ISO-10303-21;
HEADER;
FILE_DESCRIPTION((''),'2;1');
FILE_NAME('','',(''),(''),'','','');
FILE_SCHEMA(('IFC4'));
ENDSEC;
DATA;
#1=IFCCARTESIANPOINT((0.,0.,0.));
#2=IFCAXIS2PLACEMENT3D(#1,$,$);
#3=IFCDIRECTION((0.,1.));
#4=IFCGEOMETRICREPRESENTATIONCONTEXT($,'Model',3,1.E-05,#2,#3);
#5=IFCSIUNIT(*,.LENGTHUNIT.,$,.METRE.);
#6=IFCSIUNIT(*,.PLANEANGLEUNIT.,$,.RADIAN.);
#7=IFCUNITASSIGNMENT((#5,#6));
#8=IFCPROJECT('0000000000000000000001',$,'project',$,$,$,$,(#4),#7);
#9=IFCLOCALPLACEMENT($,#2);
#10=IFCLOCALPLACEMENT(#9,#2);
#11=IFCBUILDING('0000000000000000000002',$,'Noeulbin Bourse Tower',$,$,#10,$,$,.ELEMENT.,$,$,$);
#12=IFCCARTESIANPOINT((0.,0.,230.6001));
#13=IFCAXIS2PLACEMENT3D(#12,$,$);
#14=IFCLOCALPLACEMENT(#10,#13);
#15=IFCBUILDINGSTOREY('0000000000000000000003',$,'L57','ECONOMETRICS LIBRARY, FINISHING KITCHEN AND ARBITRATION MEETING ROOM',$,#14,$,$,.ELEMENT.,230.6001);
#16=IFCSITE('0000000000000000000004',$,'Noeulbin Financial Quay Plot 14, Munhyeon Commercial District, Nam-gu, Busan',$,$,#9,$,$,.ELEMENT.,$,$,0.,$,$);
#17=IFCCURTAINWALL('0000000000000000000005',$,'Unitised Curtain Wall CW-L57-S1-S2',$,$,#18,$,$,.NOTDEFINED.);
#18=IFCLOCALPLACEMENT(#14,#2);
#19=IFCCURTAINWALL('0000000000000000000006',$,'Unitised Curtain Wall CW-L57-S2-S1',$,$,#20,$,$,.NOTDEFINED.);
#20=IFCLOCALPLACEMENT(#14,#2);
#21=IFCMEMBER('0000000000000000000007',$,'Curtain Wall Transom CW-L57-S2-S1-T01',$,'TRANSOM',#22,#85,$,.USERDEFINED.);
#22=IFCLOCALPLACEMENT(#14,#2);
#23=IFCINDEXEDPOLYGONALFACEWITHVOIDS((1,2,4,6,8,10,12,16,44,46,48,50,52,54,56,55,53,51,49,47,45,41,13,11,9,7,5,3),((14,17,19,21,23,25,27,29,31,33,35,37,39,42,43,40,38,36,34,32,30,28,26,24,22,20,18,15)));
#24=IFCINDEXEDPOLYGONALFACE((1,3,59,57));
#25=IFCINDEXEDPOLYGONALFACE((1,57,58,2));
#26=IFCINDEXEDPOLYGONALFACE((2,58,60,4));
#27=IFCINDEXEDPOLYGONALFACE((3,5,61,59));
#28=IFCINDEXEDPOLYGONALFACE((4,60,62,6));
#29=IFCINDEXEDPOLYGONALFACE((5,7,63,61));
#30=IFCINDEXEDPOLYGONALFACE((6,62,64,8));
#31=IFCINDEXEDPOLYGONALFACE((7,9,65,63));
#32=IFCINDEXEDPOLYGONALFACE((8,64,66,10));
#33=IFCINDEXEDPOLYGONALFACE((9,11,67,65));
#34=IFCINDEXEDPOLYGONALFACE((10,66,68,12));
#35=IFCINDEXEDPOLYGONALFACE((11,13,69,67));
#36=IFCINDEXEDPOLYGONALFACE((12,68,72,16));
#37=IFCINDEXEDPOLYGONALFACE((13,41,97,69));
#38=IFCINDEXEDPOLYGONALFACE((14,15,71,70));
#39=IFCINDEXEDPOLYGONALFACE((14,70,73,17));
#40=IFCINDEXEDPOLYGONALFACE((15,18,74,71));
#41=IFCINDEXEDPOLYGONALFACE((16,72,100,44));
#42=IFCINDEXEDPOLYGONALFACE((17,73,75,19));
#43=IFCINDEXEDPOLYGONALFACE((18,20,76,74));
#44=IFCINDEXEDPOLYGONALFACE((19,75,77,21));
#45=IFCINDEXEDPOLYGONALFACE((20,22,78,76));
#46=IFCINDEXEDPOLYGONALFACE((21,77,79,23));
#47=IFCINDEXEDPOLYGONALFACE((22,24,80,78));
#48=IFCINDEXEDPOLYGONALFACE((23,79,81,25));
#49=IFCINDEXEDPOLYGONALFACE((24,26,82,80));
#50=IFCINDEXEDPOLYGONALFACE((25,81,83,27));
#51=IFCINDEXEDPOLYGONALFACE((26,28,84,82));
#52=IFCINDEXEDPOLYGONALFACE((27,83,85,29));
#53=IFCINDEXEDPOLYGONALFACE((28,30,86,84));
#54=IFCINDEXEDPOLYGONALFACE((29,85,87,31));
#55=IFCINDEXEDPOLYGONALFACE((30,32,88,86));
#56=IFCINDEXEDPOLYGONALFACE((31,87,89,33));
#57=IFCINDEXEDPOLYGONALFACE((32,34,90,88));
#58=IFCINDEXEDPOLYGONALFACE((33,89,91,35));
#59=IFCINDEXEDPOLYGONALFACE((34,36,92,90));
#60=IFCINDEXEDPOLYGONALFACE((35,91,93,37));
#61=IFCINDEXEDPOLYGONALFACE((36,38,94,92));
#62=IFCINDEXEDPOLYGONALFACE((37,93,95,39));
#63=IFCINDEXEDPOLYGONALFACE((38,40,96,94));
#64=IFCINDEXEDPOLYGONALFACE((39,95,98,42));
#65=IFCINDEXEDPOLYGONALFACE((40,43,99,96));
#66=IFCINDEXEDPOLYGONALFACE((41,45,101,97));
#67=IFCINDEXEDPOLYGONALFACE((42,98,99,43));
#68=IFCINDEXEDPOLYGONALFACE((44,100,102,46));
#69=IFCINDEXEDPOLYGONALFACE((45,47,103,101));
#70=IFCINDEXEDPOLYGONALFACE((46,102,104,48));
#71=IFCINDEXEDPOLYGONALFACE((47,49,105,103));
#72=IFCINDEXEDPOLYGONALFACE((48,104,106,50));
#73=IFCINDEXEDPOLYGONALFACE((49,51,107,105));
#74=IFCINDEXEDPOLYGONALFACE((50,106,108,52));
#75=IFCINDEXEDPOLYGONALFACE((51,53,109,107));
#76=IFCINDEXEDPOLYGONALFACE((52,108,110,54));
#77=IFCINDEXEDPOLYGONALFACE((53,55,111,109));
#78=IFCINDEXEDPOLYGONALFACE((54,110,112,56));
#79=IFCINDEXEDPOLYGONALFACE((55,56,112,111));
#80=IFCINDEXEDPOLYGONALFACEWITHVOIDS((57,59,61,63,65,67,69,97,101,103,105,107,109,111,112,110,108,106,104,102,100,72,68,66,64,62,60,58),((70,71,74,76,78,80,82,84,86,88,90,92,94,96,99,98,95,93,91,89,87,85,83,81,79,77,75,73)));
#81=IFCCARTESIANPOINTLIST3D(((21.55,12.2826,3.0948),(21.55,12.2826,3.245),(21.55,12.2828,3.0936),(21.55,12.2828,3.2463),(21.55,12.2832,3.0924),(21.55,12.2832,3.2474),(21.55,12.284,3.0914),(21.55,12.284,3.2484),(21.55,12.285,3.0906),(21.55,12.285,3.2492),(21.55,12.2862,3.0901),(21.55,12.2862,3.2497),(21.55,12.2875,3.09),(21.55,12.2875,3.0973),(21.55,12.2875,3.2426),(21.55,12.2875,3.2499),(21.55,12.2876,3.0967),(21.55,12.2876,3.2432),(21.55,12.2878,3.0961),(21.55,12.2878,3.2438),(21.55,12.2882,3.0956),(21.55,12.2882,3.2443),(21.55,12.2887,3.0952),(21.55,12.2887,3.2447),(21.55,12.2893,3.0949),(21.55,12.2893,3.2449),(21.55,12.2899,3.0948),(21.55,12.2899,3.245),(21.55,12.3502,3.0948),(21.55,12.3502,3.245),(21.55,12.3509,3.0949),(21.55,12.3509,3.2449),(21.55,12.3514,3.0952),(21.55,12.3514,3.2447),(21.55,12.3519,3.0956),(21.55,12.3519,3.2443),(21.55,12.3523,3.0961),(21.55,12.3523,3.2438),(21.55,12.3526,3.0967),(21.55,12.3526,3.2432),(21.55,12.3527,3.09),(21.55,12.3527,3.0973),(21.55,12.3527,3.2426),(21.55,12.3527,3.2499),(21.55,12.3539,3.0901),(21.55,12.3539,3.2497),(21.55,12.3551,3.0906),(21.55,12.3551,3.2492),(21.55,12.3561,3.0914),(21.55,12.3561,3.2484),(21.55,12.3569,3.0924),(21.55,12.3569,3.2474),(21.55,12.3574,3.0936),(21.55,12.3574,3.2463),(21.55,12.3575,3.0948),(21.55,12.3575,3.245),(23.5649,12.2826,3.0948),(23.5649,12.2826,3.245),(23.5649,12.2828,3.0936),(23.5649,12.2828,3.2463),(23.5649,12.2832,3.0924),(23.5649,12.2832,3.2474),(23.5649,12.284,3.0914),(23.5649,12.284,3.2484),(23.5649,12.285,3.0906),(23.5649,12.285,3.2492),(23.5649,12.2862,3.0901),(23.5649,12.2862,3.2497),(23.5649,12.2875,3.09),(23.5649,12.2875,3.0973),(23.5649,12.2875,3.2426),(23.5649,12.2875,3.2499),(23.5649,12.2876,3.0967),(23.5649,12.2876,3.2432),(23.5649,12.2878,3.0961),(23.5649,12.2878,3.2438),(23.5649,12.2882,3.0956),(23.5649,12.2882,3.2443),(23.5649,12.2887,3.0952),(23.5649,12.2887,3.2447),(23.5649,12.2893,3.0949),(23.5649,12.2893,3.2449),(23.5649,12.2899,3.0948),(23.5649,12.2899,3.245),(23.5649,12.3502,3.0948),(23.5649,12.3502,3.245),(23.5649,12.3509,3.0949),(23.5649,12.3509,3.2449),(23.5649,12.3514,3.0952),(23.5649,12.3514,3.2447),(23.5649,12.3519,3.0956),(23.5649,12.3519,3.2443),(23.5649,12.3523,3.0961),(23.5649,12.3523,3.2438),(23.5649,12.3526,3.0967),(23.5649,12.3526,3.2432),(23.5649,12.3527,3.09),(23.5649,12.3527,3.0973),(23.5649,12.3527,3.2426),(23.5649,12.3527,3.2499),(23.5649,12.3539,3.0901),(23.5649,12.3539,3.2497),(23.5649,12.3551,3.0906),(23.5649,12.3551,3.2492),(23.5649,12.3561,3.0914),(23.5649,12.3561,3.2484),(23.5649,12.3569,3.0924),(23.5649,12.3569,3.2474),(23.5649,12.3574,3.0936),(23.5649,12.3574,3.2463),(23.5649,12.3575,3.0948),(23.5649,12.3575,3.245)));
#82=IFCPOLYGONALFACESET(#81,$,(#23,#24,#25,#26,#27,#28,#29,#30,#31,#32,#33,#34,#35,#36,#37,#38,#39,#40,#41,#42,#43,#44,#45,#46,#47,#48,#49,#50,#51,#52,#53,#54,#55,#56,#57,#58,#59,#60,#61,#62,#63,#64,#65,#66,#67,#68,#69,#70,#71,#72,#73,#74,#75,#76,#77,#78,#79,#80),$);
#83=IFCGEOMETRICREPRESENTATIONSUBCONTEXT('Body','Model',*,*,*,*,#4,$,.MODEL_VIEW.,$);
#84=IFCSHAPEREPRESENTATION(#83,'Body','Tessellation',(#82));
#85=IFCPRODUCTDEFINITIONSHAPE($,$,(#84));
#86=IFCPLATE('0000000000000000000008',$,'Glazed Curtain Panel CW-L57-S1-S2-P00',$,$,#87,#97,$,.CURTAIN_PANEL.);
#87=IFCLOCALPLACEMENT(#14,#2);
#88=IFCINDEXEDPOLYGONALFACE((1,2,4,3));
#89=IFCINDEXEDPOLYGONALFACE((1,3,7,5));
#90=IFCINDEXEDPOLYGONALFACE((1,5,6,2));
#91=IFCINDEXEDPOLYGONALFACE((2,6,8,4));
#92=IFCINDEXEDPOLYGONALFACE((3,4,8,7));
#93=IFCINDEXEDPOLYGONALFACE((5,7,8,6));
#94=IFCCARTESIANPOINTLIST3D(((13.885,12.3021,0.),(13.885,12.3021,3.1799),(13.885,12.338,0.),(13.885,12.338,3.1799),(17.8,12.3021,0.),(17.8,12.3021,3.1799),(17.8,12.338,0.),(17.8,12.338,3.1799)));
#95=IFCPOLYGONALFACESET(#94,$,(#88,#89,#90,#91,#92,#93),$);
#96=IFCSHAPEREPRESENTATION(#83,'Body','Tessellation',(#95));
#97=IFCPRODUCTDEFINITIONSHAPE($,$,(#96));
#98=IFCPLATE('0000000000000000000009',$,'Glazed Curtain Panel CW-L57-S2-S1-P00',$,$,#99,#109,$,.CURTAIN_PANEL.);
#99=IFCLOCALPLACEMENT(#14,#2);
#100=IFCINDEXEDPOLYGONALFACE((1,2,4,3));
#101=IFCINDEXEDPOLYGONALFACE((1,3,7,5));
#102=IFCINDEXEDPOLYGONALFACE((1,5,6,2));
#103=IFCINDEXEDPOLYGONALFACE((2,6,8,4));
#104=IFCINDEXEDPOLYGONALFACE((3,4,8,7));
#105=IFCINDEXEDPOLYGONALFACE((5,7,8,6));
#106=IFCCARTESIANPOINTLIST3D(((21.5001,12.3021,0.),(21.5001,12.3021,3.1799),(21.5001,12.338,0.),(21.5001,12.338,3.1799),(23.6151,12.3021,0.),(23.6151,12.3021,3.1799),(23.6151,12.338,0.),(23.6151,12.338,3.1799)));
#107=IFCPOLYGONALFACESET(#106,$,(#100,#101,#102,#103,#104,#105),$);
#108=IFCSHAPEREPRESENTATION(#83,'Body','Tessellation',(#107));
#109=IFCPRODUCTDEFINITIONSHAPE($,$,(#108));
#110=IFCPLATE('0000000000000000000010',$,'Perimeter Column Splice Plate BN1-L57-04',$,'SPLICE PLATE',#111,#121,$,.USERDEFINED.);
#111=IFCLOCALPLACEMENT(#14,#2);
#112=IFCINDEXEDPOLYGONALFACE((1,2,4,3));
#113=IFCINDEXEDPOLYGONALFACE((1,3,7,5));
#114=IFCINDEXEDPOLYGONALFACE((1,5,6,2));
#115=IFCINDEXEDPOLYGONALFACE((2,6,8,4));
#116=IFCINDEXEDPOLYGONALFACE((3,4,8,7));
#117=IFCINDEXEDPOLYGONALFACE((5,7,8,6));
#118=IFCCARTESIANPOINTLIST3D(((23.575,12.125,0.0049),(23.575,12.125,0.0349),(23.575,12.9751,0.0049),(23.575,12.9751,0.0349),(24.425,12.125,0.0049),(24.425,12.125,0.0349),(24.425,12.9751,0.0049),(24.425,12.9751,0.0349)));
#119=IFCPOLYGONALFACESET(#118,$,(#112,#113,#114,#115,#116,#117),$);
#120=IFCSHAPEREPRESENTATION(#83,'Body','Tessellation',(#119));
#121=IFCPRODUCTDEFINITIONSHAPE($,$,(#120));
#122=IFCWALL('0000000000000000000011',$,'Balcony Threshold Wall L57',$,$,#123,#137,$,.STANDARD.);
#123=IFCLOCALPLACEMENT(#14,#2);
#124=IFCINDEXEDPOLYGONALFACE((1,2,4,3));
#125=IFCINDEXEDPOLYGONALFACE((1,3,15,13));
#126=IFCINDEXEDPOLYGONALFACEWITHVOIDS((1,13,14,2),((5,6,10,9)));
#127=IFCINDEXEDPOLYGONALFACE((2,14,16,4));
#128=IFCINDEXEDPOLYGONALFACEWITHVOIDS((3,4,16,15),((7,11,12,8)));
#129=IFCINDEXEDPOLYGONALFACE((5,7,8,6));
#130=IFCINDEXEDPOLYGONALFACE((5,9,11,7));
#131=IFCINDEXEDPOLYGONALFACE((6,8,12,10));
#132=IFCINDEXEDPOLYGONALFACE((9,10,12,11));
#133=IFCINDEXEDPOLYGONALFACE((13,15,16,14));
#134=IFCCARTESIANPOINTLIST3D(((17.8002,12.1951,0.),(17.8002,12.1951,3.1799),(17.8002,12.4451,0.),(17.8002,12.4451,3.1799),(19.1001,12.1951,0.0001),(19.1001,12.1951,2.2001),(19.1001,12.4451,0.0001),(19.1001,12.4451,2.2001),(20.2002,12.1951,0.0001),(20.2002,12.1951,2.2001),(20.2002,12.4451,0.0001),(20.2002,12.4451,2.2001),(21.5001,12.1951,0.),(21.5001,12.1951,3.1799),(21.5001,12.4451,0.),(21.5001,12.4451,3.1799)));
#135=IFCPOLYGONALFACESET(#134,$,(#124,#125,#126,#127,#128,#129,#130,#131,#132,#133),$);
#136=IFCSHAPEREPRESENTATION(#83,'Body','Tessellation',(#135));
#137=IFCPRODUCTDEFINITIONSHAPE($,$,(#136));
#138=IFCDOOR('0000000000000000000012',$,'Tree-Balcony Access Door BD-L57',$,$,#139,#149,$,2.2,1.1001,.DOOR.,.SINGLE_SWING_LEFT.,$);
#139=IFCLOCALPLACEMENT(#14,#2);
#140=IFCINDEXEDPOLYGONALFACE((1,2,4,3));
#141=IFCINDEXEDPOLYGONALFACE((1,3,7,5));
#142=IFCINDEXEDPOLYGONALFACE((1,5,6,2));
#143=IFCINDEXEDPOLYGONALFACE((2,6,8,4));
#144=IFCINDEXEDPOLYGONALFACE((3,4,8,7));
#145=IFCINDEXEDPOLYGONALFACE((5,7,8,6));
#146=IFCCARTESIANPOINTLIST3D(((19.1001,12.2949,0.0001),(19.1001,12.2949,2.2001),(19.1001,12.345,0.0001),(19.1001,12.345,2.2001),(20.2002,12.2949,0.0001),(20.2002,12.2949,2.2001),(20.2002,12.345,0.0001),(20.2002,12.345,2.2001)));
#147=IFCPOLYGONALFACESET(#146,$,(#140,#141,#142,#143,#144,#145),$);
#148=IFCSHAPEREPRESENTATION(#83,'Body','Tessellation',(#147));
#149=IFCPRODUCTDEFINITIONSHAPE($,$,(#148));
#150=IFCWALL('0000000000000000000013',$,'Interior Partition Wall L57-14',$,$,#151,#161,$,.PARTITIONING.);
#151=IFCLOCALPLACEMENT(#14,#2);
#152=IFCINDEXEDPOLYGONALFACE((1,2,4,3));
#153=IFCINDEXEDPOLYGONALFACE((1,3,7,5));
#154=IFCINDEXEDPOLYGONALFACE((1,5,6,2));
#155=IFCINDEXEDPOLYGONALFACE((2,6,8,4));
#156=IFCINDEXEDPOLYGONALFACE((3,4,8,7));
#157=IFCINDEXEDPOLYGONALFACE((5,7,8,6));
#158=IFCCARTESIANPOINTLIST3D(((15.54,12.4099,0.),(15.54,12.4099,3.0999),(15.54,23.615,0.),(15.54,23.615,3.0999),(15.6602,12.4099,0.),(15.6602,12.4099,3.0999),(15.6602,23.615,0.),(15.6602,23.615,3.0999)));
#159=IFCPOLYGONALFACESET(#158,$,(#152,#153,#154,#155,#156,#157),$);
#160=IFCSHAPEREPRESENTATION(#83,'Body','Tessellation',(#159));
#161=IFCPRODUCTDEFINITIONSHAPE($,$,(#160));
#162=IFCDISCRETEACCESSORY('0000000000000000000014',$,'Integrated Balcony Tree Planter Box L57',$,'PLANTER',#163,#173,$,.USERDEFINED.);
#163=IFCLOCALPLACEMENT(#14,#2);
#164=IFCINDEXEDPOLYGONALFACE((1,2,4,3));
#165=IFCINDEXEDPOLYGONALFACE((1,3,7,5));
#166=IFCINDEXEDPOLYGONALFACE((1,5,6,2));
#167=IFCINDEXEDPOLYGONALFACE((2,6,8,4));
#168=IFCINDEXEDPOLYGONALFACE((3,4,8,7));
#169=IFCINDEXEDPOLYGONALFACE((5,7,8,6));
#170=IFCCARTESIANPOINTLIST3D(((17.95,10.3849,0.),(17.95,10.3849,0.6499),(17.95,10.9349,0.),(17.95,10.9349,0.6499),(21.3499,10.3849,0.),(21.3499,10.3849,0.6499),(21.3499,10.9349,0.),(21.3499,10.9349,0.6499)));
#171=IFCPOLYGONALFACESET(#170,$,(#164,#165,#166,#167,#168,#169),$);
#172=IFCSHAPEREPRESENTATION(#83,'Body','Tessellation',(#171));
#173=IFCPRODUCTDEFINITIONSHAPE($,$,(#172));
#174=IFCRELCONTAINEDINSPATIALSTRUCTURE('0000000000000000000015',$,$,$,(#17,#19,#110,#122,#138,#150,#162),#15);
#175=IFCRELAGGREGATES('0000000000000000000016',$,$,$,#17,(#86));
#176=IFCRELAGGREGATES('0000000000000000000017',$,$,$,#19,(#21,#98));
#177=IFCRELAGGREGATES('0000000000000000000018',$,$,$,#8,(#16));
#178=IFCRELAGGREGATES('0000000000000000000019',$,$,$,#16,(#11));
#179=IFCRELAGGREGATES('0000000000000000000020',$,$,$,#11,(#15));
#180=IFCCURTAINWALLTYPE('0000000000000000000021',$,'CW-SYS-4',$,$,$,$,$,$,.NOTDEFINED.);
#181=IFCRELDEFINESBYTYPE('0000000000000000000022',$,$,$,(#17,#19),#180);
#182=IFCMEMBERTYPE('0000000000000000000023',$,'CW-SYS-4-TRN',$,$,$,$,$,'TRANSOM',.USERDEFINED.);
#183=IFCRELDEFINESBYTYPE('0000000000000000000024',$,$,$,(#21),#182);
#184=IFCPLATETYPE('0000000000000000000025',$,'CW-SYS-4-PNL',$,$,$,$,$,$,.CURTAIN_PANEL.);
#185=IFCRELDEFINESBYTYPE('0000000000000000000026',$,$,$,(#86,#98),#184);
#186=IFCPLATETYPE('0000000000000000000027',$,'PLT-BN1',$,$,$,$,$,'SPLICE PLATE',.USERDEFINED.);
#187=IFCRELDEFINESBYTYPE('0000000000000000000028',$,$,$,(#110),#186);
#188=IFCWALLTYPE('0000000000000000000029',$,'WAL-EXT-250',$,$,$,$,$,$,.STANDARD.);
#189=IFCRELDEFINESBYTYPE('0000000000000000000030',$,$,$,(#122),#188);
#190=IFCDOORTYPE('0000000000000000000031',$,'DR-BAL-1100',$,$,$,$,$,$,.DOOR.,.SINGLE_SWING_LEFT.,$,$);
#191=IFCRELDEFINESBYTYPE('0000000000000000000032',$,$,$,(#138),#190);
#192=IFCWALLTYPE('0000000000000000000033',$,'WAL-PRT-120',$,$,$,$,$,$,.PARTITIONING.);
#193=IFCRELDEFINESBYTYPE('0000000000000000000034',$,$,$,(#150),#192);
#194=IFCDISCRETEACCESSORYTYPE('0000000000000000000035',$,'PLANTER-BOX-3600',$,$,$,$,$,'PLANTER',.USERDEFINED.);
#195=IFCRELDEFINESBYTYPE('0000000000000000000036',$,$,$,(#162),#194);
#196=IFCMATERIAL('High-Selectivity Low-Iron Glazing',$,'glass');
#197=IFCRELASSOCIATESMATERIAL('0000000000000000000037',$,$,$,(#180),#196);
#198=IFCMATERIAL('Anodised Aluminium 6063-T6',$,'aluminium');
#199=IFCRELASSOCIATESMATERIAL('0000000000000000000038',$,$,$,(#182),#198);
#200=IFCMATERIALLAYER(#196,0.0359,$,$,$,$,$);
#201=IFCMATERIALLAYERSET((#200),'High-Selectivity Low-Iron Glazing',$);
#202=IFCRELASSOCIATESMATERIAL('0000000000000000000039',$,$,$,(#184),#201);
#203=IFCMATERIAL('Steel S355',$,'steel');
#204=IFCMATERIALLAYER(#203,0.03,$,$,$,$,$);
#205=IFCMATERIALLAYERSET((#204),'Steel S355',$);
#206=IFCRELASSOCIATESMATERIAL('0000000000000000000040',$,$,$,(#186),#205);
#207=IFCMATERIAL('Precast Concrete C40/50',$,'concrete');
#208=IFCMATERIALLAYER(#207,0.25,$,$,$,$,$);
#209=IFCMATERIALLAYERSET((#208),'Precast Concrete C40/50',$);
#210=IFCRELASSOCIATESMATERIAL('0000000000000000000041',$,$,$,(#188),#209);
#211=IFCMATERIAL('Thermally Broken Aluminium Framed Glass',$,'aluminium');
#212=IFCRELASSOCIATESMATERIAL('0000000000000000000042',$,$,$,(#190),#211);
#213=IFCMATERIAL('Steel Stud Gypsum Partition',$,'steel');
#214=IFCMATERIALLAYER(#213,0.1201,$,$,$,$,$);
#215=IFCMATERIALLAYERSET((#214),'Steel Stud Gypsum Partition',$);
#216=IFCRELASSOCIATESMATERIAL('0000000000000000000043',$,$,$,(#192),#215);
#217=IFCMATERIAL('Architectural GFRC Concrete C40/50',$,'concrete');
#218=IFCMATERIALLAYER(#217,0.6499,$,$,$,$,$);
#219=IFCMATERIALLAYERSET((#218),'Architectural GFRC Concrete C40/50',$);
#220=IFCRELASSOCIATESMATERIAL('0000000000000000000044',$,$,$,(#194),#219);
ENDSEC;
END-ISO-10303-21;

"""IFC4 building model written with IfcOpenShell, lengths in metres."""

from ifc_helpers import new_model, si_unit, direction, frame, frame_2d, origin, origin_2d, place, context, subcontext, project, spatial, rectangle, hollow_rectangle, extrude, material, layer, layer_set, material_profile, profile_set, type_object, element, fill, aggregate, save


model = new_model("IFC4")

# Units and contexts
model_context = context("Model", 3, precision=1e-05, world=origin(), true_north=direction((0.0, 1.0)))
body_context = subcontext(model_context, "Body", "Model", "MODEL_VIEW")
ifc_project = project(units=[si_unit("LENGTHUNIT", "METRE"), si_unit("PLANEANGLEUNIT", "RADIAN")], contexts=[model_context])

# Site, building, storey
site_placement = place(None, origin())
site = spatial("IfcSite", under=ifc_project, at=site_placement, Name="Noeulbin Financial Quay Plot 14, Munhyeon Commercial District, Nam-gu, Busan", CompositionType="ELEMENT", RefElevation=0.0)
building_placement = place(site_placement, origin())
building = spatial("IfcBuilding", under=site, at=building_placement, Name="Noeulbin Bourse Tower", CompositionType="ELEMENT")
storey_placement = place(building_placement, frame((0.0, 0.0, 230.6001)))
storey = spatial("IfcBuildingStorey", under=building, at=storey_placement, Name="L57", Description="ECONOMETRICS LIBRARY, FINISHING KITCHEN AND ARBITRATION MEETING ROOM", CompositionType="ELEMENT", Elevation=230.6001)

# Shared definitions
ifc_material_1 = material(Name="Steel S355", Category="steel")

# Curtain wall
ifc_material_2 = material(Name="High-Selectivity Low-Iron Glazing", Category="glass")
curtain_wall_type = type_object("IfcCurtainWallType", Name="CW-SYS-4", PredefinedType="NOTDEFINED", material=ifc_material_2)
curtain_wall_1_placement = place(storey_placement, origin())
curtain_wall_1 = element("IfcCurtainWall", 1, at=curtain_wall_1_placement, inside=storey, type_object=curtain_wall_type, Name="Unitised Curtain Wall CW-L57-S1-S2", PredefinedType="NOTDEFINED")
ifc_material_3 = material(Name="Anodised Aluminium 6063-T6", Category="aluminium")

# Curtain wall, member
curtain_wall_2_placement = place(storey_placement, origin())
curtain_wall_2 = element("IfcCurtainWall", 2, at=curtain_wall_2_placement, inside=storey, type_object=curtain_wall_type, Name="Unitised Curtain Wall CW-L57-S2-S1", PredefinedType="NOTDEFINED")
ifc_material_profile_1 = material_profile(ifc_material_3, hollow_rectangle(XDim=0.075, YDim=0.1599, WallThickness=0.0049, InnerFilletRadius=0.0024, OuterFilletRadius=0.0049, at=origin_2d()), Name="ALU-TRAN-75x160x5", Category="LoadBearing")
ifc_profile_set_1 = profile_set([ifc_material_profile_1], Name="Anodised Aluminium 6063-T6")
member_type_1 = type_object("IfcMemberType", Name="CW-SYS-4-TRN", ElementType="TRANSOM", PredefinedType="USERDEFINED", material=ifc_profile_set_1)
member_1_placement = place(storey_placement, frame((21.55, 12.3201, 3.1699), z_axis=(1.0, 0.0, 0.0), x_axis=(0.0, 1.0, 0.0)))
member_1 = element("IfcMember", 3, at=member_1_placement, type_object=member_type_1, Name="Curtain Wall Transom CW-L57-S2-S1-T01", ObjectType="TRANSOM", PredefinedType="USERDEFINED", context=body_context, shape_type="SweptSolid", body=[
    extrude(hollow_rectangle(XDim=0.075, YDim=0.1599, WallThickness=0.0049, InnerFilletRadius=0.0024, OuterFilletRadius=0.0049, at=origin_2d()), origin(), (0.0, 0.0, 1.0), 2.0149),
])

# Plates
ifc_layer_1 = layer(ifc_material_2, 0.0359)
ifc_layer_set_1 = layer_set([ifc_layer_1], Name="High-Selectivity Low-Iron Glazing")
plate_type_1 = type_object("IfcPlateType", Name="CW-SYS-4-PNL", PredefinedType="CURTAIN_PANEL", material=ifc_layer_set_1)
plate_1_placement = place(storey_placement, frame((15.8425, 12.3201, 0.0), z_axis=(0.0, 0.0, 1.0), x_axis=(1.0, 0.0, 0.0)))
plate_1 = element("IfcPlate", 4, at=plate_1_placement, type_object=plate_type_1, Name="Glazed Curtain Panel CW-L57-S1-S2-P00", PredefinedType="CURTAIN_PANEL", context=body_context, shape_type="SweptSolid", body=[
    extrude(rectangle(XDim=3.915, YDim=0.0359, at=origin_2d()), origin(), (0.0, 0.0, 1.0), 3.1799),
])
aggregate(curtain_wall_1, [plate_1])
plate_2_placement = place(storey_placement, frame((22.5576, 12.3201, 0.0), z_axis=(0.0, 0.0, 1.0), x_axis=(1.0, 0.0, 0.0)))
plate_2 = element("IfcPlate", 5, at=plate_2_placement, type_object=plate_type_1, Name="Glazed Curtain Panel CW-L57-S2-S1-P00", PredefinedType="CURTAIN_PANEL", context=body_context, shape_type="SweptSolid", body=[
    extrude(rectangle(XDim=2.115, YDim=0.0359, at=origin_2d()), origin(), (0.0, 0.0, 1.0), 3.1799),
])
aggregate(curtain_wall_2, [member_1, plate_2])
ifc_layer_2 = layer(ifc_material_1, 0.03)
ifc_layer_set_2 = layer_set([ifc_layer_2], Name="Steel S355")
plate_type_2 = type_object("IfcPlateType", Name="PLT-BN1", ElementType="SPLICE PLATE", PredefinedType="USERDEFINED", material=ifc_layer_set_2)
plate_3_placement = place(storey_placement, frame((24.0, 12.55, 0.0049), z_axis=(0.0, 0.0, 1.0), x_axis=(1.0, 0.0, 0.0)))
element("IfcPlate", 6, at=plate_3_placement, inside=storey, type_object=plate_type_2, Name="Perimeter Column Splice Plate BN1-L57-04", ObjectType="SPLICE PLATE", PredefinedType="USERDEFINED", context=body_context, shape_type="SweptSolid", body=[
    extrude(rectangle(XDim=0.8501, YDim=0.8501, at=origin_2d()), origin(), (0.0, 0.0, 1.0), 0.03),
])

# Wall, opening, door
ifc_material_4 = material(Name="Precast Concrete C40/50", Category="concrete")
ifc_layer_3 = layer(ifc_material_4, 0.25)
ifc_layer_set_3 = layer_set([ifc_layer_3], Name="Precast Concrete C40/50")
wall_type_1 = type_object("IfcWallType", Name="WAL-EXT-250", PredefinedType="STANDARD", material=ifc_layer_set_3)
wall_1_placement = place(storey_placement, frame((17.8, 12.3201, 0.0), z_axis=(0.0, 0.0, 1.0), x_axis=(1.0, 0.0, 0.0)))
wall_1 = element("IfcWall", 7, at=wall_1_placement, inside=storey, type_object=wall_type_1, Name="Balcony Threshold Wall L57", PredefinedType="STANDARD", context=body_context, shape_type="SweptSolid", body=[
    extrude(rectangle(XDim=3.7, YDim=0.25, at=frame_2d((1.8501, 0.0))), origin(), (0.0, 0.0, 1.0), 3.1799),
])
opening_placement = place(wall_1_placement, frame((1.3, 0.0, 0.0)))
opening = element("IfcOpeningElement", 8, at=opening_placement, cuts=wall_1, PredefinedType="OPENING", context=body_context, shape_type="SweptSolid", body=[
    extrude(rectangle(XDim=1.1001, YDim=2.2, at=frame_2d((0.55, 1.1001))), frame((0.0, 0.135, 0.0), z_axis=(0.0, -1.0, 0.0), x_axis=(1.0, 0.0, 0.0)), (0.0, 0.0, 1.0), 0.27),
])
ifc_material_5 = material(Name="Thermally Broken Aluminium Framed Glass", Category="aluminium")
door_type = type_object("IfcDoorType", Name="DR-BAL-1100", OperationType="SINGLE_SWING_LEFT", PredefinedType="DOOR", material=ifc_material_5)
door_placement = place(opening_placement, origin())
door = element("IfcDoor", 9, at=door_placement, inside=storey, type_object=door_type, Name="Tree-Balcony Access Door BD-L57", OperationType="SINGLE_SWING_LEFT", OverallHeight=2.2, OverallWidth=1.1001, PredefinedType="DOOR", context=body_context, shape_type="SweptSolid", body=[
    extrude(rectangle(XDim=1.1001, YDim=2.2, at=frame_2d((0.55, 1.1001))), frame((0.0, 0.0249, 0.0), z_axis=(0.0, -1.0, 0.0), x_axis=(1.0, 0.0, 0.0)), (0.0, 0.0, 1.0), 0.05),
])
fill(opening, door)

# Wall
ifc_material_6 = material(Name="Steel Stud Gypsum Partition", Category="steel")
ifc_layer_4 = layer(ifc_material_6, 0.1201)
ifc_layer_set_4 = layer_set([ifc_layer_4], Name="Steel Stud Gypsum Partition")
wall_type_2 = type_object("IfcWallType", Name="WAL-PRT-120", PredefinedType="PARTITIONING", material=ifc_layer_set_4)
wall_2_placement = place(storey_placement, frame((15.6001, 12.4099, 0.0), z_axis=(0.0, 0.0, 1.0), x_axis=(0.0, 1.0, 0.0)))
element("IfcWall", 10, at=wall_2_placement, inside=storey, type_object=wall_type_2, Name="Interior Partition Wall L57-14", PredefinedType="PARTITIONING", context=body_context, shape_type="SweptSolid", body=[
    extrude(rectangle(XDim=11.2051, YDim=0.1201, at=frame_2d((5.6025, 0.0))), origin(), (0.0, 0.0, 1.0), 3.0999),
])

# Discrete accessory
ifc_material_7 = material(Name="Architectural GFRC Concrete C40/50", Category="concrete")
ifc_layer_5 = layer(ifc_material_7, 0.6499)
ifc_layer_set_5 = layer_set([ifc_layer_5], Name="Architectural GFRC Concrete C40/50")
discrete_accessory_type = type_object("IfcDiscreteAccessoryType", Name="PLANTER-BOX-3600", ElementType="PLANTER", PredefinedType="USERDEFINED", material=ifc_layer_set_5)
discrete_accessory_placement = place(storey_placement, frame((19.6499, 10.6599, 0.0), z_axis=(0.0, 0.0, 1.0), x_axis=(1.0, 0.0, 0.0)))
element("IfcDiscreteAccessory", 11, at=discrete_accessory_placement, inside=storey, type_object=discrete_accessory_type, Name="Integrated Balcony Tree Planter Box L57", ObjectType="PLANTER", PredefinedType="USERDEFINED", context=body_context, shape_type="SweptSolid", body=[
    extrude(rectangle(XDim=3.3999, YDim=0.55, at=origin_2d()), origin(), (0.0, 0.0, 1.0), 0.6499),
])

save(model, "model.ifc")
